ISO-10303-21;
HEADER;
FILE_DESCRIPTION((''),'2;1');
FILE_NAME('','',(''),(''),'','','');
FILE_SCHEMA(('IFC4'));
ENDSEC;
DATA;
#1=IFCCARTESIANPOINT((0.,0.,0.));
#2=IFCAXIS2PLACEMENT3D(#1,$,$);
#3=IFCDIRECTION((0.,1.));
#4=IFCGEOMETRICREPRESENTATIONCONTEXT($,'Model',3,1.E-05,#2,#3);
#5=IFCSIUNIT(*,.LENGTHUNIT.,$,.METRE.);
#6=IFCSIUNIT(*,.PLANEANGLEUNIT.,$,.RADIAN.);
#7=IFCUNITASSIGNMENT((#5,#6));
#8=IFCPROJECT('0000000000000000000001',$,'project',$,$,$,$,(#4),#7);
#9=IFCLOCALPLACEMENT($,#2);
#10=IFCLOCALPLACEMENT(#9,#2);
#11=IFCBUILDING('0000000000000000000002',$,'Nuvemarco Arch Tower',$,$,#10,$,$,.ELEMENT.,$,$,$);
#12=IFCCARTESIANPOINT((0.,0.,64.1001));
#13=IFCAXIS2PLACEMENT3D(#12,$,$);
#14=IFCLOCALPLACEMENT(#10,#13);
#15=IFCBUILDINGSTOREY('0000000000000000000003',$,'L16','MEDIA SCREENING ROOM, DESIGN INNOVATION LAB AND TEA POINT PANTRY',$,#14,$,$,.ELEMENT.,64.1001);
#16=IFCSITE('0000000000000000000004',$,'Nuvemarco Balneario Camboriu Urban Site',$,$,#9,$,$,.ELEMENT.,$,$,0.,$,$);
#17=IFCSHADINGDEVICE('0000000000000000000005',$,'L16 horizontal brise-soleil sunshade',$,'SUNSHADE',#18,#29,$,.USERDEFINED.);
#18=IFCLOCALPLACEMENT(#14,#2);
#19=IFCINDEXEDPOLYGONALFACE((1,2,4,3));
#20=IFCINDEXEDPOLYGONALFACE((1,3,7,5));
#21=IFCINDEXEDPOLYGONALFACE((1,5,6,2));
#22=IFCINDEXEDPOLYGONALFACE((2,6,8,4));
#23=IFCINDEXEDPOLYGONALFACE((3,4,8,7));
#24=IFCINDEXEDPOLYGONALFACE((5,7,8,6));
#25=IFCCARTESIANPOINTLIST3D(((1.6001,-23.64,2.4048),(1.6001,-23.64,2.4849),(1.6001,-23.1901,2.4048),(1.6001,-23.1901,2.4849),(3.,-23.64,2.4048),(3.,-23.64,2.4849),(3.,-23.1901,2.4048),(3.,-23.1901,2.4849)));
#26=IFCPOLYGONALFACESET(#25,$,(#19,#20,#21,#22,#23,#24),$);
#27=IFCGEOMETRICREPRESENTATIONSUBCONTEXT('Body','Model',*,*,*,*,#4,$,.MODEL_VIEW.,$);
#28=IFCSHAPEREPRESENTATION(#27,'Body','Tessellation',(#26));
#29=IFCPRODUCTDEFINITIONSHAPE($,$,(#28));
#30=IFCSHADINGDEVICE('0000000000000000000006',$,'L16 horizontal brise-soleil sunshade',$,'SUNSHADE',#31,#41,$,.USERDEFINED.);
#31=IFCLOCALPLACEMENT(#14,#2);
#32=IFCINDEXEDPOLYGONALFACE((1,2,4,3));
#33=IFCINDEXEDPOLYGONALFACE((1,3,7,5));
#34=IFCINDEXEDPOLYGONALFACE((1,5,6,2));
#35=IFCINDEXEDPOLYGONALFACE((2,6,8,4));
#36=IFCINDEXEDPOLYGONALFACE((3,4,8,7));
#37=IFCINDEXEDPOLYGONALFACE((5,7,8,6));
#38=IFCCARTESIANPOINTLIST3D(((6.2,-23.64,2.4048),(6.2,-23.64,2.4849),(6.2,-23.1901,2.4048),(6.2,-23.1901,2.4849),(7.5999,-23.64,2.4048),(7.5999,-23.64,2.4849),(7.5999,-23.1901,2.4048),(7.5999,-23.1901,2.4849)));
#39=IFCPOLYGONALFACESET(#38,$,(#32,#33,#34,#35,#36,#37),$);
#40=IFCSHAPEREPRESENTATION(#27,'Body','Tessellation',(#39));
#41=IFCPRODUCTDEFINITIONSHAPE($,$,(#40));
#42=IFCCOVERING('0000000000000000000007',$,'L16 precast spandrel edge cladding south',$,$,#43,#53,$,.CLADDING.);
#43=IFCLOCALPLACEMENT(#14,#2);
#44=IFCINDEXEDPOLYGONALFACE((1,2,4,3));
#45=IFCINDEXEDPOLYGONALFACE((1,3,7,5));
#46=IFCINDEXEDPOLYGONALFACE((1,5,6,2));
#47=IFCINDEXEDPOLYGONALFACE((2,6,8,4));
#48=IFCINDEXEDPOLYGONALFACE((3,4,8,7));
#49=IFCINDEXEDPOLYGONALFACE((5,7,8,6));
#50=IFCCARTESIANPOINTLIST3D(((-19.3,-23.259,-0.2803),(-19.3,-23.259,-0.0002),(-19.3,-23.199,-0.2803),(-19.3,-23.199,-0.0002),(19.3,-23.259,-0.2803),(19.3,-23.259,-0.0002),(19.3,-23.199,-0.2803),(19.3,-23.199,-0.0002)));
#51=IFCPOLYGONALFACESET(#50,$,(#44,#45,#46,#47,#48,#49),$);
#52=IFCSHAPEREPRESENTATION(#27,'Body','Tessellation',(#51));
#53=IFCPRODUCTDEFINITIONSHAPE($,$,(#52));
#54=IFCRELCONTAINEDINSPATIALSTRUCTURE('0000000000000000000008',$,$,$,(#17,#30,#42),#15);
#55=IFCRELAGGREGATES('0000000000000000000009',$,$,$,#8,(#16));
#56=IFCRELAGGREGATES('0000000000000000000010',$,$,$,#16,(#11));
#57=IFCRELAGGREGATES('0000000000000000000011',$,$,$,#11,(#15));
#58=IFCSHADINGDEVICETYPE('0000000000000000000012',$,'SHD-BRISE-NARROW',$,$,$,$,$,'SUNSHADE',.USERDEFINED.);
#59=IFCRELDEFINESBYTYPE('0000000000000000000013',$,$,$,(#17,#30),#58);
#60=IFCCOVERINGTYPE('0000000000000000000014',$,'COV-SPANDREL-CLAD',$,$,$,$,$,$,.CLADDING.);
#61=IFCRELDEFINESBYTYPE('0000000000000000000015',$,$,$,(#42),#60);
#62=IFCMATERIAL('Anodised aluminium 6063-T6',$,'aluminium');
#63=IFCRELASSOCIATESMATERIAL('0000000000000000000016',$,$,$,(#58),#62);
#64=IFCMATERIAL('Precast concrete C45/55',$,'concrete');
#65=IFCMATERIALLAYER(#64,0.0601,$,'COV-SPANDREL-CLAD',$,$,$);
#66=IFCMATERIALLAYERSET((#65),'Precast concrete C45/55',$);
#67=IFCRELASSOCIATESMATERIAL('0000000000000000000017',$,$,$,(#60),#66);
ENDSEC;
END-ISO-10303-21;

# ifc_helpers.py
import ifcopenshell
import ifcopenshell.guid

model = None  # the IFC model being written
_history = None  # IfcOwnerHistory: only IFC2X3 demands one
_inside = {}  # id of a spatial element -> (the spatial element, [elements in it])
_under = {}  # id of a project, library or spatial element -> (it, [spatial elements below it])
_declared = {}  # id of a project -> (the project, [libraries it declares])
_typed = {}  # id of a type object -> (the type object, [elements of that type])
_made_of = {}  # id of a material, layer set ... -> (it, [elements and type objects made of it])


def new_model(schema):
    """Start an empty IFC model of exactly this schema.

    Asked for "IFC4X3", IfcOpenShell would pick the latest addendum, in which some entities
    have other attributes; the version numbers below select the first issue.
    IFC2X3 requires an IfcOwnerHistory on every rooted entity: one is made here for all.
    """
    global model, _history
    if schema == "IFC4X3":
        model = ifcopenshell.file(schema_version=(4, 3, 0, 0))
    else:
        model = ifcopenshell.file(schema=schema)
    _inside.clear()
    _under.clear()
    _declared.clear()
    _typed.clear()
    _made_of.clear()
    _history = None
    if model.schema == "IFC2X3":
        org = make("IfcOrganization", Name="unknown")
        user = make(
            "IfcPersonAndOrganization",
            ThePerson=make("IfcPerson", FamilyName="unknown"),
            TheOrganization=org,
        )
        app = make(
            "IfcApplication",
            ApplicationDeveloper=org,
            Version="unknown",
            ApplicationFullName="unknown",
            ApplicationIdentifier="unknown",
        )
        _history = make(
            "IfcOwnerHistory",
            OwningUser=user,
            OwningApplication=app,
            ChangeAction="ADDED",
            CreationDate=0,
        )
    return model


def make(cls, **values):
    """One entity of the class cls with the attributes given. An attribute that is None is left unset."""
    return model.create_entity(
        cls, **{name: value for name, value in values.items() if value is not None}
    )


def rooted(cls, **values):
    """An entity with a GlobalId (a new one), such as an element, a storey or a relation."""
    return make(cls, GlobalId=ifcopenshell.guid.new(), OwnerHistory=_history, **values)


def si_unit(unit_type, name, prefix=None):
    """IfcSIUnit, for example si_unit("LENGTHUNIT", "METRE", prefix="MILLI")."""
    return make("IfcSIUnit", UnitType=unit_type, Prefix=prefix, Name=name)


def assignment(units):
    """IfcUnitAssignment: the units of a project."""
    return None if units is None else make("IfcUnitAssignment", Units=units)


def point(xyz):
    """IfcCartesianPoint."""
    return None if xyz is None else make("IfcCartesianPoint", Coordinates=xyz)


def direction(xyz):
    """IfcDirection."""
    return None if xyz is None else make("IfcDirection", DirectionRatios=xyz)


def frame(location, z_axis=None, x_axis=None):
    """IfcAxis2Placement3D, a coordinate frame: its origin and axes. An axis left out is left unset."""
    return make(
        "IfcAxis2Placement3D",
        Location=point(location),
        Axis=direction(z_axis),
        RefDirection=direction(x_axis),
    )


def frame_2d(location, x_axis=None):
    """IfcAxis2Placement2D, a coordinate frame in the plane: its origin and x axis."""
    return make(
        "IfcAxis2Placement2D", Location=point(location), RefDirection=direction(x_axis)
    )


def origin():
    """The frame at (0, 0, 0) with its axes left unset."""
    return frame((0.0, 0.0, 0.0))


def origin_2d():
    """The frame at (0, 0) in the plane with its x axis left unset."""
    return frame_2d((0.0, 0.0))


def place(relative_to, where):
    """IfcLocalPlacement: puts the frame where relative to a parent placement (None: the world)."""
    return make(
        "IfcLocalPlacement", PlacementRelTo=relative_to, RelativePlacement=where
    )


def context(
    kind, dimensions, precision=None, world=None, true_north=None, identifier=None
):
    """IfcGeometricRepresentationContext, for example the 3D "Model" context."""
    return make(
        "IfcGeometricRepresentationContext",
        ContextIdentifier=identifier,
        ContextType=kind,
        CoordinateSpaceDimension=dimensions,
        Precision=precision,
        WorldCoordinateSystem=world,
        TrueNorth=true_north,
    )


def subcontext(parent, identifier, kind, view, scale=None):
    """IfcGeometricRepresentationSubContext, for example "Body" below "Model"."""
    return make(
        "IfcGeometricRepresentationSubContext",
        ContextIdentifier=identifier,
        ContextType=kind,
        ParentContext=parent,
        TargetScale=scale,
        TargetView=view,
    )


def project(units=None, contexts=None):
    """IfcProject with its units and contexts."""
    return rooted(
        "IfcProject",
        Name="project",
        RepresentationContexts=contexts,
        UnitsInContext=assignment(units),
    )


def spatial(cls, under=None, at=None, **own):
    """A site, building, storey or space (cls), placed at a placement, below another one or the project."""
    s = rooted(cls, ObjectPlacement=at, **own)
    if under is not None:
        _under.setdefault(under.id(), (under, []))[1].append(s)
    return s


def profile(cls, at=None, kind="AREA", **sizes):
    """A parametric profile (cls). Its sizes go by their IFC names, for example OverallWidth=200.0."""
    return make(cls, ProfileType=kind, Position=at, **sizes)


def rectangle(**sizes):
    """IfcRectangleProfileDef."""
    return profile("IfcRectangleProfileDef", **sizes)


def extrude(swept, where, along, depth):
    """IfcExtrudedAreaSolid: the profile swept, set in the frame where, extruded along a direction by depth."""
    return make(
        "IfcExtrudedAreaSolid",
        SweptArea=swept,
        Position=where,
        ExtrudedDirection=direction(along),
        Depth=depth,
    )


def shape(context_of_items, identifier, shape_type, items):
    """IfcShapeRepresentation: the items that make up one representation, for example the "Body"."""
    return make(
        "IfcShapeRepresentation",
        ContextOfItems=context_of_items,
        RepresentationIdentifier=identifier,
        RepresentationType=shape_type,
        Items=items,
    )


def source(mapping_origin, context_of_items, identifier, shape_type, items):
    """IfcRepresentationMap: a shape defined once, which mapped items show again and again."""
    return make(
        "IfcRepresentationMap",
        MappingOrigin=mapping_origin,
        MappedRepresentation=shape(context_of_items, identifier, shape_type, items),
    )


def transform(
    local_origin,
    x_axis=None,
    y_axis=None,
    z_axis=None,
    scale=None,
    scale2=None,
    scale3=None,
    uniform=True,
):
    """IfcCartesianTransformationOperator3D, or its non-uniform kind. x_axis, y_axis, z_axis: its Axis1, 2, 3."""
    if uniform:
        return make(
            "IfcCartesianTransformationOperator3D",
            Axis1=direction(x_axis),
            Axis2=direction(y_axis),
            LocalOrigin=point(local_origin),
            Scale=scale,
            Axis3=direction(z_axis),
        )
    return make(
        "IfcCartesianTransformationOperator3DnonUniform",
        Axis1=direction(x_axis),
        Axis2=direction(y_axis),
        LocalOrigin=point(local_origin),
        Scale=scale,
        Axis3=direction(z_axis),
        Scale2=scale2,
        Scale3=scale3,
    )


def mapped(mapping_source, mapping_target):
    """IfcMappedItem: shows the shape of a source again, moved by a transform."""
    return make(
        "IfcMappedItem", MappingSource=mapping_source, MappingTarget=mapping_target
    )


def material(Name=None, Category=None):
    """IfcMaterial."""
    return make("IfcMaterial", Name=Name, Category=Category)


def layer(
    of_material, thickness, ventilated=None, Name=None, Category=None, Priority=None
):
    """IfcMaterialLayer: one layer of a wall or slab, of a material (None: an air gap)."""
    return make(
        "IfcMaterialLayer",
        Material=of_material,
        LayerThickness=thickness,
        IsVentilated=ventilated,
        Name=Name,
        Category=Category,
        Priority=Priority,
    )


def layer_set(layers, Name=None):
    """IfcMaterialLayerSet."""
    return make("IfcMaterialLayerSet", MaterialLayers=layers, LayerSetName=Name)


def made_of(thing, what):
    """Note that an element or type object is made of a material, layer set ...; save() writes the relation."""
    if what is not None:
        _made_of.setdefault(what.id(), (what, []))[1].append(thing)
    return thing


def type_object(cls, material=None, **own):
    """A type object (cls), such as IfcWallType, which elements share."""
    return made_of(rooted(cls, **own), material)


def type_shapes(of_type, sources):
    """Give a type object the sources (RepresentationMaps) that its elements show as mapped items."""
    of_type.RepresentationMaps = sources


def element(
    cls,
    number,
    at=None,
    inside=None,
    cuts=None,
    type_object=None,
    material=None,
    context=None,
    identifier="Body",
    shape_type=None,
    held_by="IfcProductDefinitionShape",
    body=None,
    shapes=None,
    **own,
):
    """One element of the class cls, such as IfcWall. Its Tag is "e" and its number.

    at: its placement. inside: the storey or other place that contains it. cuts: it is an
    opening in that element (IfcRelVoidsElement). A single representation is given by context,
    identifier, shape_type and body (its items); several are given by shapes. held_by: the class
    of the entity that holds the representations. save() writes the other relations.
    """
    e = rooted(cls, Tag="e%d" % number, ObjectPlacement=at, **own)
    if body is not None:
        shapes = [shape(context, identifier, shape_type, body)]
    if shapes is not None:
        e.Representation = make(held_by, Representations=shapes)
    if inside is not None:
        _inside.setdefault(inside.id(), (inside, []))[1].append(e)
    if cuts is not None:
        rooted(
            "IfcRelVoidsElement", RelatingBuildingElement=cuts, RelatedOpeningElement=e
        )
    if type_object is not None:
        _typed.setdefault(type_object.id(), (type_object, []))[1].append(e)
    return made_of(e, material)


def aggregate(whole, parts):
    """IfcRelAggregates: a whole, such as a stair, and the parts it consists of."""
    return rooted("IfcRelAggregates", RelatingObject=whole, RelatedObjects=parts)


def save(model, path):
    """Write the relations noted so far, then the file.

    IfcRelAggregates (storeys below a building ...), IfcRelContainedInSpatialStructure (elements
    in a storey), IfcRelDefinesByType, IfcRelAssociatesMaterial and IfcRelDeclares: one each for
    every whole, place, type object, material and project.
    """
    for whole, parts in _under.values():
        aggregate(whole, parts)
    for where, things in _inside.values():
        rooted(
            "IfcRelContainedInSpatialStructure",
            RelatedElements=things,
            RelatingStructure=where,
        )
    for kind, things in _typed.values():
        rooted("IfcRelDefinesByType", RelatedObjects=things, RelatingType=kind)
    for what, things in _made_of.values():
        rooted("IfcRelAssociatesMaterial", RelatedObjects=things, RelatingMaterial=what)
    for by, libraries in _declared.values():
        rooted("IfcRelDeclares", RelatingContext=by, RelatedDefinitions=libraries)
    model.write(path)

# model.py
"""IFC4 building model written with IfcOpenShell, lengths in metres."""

from ifc_helpers import new_model, si_unit, direction, frame, origin, origin_2d, place, context, subcontext, project, spatial, rectangle, extrude, source, transform, mapped, material, layer, layer_set, type_object, type_shapes, element, save


model = new_model("IFC4")

# Units and contexts
model_context = context("Model", 3, precision=1e-05, world=origin(), true_north=direction((0.0, 1.0)))
body_context = subcontext(model_context, "Body", "Model", "MODEL_VIEW")
ifc_project = project(units=[si_unit("LENGTHUNIT", "METRE"), si_unit("PLANEANGLEUNIT", "RADIAN")], contexts=[model_context])

# Site, building, storey
site_placement = place(None, origin())
site = spatial("IfcSite", under=ifc_project, at=site_placement, Name="Nuvemarco Balneario Camboriu Urban Site", CompositionType="ELEMENT", RefElevation=0.0)
building_placement = place(site_placement, origin())
building = spatial("IfcBuilding", under=site, at=building_placement, Name="Nuvemarco Arch Tower", CompositionType="ELEMENT")
storey_placement = place(building_placement, frame((0.0, 0.0, 64.1001)))
storey = spatial("IfcBuildingStorey", under=building, at=storey_placement, Name="L16", Description="MEDIA SCREENING ROOM, DESIGN INNOVATION LAB AND TEA POINT PANTRY", CompositionType="ELEMENT", Elevation=64.1001)

# Shared definitions
ifc_material_1 = material(Name="Precast concrete C45/55", Category="concrete")

# Shading devices
ifc_material_2 = material(Name="Anodised aluminium 6063-T6", Category="aluminium")
shading_device_type = type_object("IfcShadingDeviceType", Name="SHD-BRISE-NARROW", ElementType="SUNSHADE", PredefinedType="USERDEFINED", material=ifc_material_2)
shared_shape_1 = source(origin(), body_context, "Body", "SweptSolid", [
    extrude(rectangle(XDim=1.3999, YDim=0.45, at=origin_2d()), origin(), (0.0, 0.0, 1.0), 0.0801),
])
type_shapes(shading_device_type, [shared_shape_1])
for number, where, z_axis, x_axis, name in (
    (1, (2.3, -23.415, 2.4048), (0.0, 0.0, 1.0), (1.0, 0.0, 0.0), "L16 horizontal brise-soleil sunshade"),
    (2, (6.8999, -23.415, 2.4048), (0.0, 0.0, 1.0), (1.0, 0.0, 0.0), "L16 horizontal brise-soleil sunshade"),
):
    element("IfcShadingDevice", number, at=place(storey_placement, frame(where, z_axis=z_axis, x_axis=x_axis)), inside=storey, type_object=shading_device_type, Name=name, ObjectType="SUNSHADE", PredefinedType="USERDEFINED", context=body_context, shape_type="MappedRepresentation", body=[
        mapped(shared_shape_1, transform((0.0, 0.0, 0.0), scale=1.0)),
    ])

# Covering
ifc_layer_1 = layer(ifc_material_1, 0.0601, Name="COV-SPANDREL-CLAD")
ifc_layer_set_1 = layer_set([ifc_layer_1], Name="Precast concrete C45/55")
covering_type = type_object("IfcCoveringType", Name="COV-SPANDREL-CLAD", PredefinedType="CLADDING", material=ifc_layer_set_1)
shared_shape_2 = source(origin(), body_context, "Body", "SweptSolid", [
    extrude(rectangle(XDim=38.6001, YDim=0.0601, at=origin_2d()), origin(), (0.0, 0.0, 1.0), 0.28),
])
type_shapes(covering_type, [shared_shape_2])
covering_placement = place(storey_placement, frame((0.0, -23.229, -0.2803), z_axis=(0.0, 0.0, 1.0), x_axis=(1.0, 0.0, 0.0)))
element("IfcCovering", 3, at=covering_placement, inside=storey, type_object=covering_type, Name="L16 precast spandrel edge cladding south", PredefinedType="CLADDING", context=body_context, shape_type="MappedRepresentation", body=[
    mapped(shared_shape_2, transform((0.0, 0.0, 0.0), scale=1.0)),
])

save(model, "model.ifc")
